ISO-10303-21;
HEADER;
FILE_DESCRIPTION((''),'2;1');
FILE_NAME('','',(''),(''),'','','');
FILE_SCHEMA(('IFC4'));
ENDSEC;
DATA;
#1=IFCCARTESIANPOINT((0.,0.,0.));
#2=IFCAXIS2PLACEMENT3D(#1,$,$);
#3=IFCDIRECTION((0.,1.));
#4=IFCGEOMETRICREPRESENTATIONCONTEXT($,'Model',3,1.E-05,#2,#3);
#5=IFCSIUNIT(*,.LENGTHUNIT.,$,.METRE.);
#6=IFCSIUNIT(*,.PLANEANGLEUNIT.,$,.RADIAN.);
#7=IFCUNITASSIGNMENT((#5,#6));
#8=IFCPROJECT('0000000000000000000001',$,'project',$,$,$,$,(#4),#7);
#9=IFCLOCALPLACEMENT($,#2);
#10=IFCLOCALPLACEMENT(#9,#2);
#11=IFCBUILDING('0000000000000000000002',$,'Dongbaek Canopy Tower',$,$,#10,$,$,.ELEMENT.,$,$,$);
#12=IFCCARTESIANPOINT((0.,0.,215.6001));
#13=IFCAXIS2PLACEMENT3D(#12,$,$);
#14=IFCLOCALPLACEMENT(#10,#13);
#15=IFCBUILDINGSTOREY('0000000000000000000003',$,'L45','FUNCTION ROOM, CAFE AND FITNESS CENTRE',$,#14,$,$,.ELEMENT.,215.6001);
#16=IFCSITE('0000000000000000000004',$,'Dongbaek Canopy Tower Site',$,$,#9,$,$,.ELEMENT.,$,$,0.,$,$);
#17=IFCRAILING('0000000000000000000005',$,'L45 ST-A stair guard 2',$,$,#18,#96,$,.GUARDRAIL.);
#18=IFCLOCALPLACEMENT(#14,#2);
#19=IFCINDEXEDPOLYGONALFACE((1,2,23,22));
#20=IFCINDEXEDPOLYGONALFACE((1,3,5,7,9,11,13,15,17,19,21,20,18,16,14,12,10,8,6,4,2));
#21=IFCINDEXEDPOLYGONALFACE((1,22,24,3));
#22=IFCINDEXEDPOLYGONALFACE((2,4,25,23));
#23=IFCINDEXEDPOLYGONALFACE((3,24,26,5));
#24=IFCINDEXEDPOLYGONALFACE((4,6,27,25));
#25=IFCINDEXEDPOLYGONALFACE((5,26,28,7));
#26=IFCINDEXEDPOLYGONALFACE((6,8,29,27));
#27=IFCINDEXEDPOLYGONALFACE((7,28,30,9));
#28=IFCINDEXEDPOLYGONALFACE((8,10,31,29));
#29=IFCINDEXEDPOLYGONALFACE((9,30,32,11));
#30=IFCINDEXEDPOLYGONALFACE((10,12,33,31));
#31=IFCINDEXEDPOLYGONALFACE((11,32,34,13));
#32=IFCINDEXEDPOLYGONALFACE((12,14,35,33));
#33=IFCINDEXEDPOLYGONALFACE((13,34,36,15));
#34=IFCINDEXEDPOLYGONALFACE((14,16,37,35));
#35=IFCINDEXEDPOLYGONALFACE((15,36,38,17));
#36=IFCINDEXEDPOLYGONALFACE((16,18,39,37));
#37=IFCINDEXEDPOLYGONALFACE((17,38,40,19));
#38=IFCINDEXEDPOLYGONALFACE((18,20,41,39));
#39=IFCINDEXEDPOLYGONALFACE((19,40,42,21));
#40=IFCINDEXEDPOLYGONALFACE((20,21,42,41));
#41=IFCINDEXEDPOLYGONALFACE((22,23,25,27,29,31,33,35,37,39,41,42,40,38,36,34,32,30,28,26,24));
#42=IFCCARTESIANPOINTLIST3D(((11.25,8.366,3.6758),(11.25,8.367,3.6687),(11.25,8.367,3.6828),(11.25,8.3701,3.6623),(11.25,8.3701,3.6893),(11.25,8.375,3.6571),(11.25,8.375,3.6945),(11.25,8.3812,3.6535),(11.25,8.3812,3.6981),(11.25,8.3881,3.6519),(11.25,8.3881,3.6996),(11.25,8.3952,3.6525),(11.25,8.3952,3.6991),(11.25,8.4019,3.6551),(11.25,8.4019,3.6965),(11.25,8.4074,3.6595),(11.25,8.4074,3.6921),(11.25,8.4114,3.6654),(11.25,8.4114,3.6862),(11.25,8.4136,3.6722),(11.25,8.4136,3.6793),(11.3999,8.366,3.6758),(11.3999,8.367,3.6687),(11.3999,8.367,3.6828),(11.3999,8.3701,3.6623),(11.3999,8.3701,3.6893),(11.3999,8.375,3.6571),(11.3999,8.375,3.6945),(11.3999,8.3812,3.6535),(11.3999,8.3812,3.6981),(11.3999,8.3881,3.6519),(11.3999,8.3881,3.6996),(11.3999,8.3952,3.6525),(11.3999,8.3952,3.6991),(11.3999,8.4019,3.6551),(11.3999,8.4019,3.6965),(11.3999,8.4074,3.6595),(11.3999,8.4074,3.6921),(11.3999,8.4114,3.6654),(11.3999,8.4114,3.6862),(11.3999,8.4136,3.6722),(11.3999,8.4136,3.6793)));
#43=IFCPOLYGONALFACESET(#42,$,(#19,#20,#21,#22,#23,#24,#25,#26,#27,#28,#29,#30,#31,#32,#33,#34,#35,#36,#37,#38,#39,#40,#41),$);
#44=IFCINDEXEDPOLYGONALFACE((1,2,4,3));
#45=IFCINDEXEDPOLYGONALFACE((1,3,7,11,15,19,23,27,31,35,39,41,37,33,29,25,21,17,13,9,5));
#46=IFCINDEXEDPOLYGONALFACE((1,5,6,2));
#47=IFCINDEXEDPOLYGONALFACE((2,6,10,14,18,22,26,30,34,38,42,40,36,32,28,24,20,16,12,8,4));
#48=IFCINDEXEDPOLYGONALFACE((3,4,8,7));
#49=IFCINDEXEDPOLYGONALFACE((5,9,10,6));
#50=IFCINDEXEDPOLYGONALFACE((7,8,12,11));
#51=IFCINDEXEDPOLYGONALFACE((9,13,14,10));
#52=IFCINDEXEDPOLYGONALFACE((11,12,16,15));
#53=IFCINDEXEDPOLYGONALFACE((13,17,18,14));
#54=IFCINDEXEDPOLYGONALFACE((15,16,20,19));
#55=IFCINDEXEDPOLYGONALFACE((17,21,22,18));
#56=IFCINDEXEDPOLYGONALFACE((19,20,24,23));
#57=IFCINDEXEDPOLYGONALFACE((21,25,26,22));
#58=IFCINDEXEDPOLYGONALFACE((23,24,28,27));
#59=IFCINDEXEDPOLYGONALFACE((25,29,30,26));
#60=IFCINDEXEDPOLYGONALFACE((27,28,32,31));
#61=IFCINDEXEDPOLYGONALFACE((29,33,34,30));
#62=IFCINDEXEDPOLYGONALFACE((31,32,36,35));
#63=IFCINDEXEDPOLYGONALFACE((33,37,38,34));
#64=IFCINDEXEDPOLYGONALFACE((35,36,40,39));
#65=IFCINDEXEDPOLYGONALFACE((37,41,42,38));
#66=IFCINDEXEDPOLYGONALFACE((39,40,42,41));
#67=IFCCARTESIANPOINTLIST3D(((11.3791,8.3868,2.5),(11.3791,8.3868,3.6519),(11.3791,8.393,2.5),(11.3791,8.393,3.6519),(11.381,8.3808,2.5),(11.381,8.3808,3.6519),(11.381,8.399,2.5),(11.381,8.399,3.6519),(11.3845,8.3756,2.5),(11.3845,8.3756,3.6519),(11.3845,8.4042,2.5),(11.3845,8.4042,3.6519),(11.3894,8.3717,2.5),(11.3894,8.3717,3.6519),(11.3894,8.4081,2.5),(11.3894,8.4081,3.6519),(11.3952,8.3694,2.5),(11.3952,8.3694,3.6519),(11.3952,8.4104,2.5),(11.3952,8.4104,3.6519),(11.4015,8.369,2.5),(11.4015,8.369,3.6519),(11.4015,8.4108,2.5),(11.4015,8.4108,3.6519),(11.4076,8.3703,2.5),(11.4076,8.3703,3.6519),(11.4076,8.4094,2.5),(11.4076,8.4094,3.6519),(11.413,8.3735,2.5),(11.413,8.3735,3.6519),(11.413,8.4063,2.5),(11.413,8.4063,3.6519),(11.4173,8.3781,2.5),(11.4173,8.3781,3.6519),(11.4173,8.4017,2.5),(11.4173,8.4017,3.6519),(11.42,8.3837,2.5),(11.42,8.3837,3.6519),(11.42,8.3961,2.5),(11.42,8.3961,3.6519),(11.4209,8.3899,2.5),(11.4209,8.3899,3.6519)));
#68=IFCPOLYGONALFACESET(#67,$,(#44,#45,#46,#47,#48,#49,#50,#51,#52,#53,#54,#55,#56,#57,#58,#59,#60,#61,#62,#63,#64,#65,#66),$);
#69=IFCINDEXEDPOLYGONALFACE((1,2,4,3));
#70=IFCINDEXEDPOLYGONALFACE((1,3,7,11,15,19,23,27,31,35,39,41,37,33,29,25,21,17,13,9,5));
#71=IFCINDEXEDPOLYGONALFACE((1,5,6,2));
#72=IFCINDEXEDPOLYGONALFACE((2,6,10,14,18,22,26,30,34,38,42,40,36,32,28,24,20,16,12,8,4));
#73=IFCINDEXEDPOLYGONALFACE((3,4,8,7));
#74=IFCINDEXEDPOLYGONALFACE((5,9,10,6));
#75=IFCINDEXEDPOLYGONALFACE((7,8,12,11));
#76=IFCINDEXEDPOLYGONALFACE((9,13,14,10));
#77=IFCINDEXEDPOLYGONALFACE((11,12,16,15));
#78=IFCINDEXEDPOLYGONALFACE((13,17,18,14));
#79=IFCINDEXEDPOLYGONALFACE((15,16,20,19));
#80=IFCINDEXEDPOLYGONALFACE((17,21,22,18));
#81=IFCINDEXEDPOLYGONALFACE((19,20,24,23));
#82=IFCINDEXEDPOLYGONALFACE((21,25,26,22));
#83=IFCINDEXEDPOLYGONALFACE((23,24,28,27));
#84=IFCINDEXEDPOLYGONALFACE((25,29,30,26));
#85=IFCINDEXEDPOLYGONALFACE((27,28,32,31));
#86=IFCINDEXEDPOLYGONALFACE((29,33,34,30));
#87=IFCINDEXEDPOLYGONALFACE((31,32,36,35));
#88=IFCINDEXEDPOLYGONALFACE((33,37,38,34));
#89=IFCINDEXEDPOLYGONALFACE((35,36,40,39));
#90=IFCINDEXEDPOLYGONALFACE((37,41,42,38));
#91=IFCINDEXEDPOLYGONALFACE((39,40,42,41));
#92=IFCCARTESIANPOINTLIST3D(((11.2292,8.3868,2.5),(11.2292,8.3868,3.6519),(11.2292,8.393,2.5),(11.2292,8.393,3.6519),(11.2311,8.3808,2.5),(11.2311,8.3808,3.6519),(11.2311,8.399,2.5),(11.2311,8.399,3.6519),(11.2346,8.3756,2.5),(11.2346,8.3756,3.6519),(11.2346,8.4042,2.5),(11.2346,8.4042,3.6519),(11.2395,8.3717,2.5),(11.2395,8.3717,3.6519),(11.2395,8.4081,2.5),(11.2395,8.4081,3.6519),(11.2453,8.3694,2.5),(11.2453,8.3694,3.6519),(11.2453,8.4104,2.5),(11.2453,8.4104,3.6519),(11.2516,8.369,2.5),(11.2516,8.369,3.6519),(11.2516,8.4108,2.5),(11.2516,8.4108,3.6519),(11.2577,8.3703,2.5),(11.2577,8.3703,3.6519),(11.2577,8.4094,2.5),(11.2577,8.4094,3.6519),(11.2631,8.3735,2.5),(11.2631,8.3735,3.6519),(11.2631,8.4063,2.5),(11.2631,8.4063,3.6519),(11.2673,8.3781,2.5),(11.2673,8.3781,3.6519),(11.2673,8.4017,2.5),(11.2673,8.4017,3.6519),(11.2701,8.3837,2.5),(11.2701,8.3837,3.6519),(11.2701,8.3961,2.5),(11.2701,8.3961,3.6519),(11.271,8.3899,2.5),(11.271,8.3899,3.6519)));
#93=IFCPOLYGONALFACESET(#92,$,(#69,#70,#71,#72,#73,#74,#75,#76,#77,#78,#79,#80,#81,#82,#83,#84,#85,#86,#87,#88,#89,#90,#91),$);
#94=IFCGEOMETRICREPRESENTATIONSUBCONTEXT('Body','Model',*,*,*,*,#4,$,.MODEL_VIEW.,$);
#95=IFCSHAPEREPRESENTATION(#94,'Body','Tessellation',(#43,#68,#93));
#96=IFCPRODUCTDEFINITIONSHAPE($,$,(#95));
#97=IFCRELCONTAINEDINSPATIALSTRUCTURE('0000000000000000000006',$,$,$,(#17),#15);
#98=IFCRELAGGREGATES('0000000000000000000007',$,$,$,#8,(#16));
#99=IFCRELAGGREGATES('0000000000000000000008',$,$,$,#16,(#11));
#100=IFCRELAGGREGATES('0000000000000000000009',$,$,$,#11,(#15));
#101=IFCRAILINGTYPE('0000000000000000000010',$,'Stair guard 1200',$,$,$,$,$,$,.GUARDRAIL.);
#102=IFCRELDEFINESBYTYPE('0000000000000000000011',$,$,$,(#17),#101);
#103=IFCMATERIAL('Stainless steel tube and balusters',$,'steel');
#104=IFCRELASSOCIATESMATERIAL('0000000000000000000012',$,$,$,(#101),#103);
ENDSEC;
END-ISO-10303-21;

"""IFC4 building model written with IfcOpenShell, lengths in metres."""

from ifc_helpers import new_model, si_unit, direction, frame, origin, origin_2d, place, context, subcontext, project, spatial, circle, extrude, material, type_object, element, save


model = new_model("IFC4")

# Units and contexts
model_context = context("Model", 3, precision=1e-05, world=origin(), true_north=direction((0.0, 1.0)))
body_context = subcontext(model_context, "Body", "Model", "MODEL_VIEW")
ifc_project = project(units=[si_unit("LENGTHUNIT", "METRE"), si_unit("PLANEANGLEUNIT", "RADIAN")], contexts=[model_context])

# Site, building, storey
site_placement = place(None, origin())
site = spatial("IfcSite", under=ifc_project, at=site_placement, Name="Dongbaek Canopy Tower Site", CompositionType="ELEMENT", RefElevation=0.0)
building_placement = place(site_placement, origin())
building = spatial("IfcBuilding", under=site, at=building_placement, Name="Dongbaek Canopy Tower", CompositionType="ELEMENT")
storey_placement = place(building_placement, frame((0.0, 0.0, 215.6001)))
storey = spatial("IfcBuildingStorey", under=building, at=storey_placement, Name="L45", Description="FUNCTION ROOM, CAFE AND FITNESS CENTRE", CompositionType="ELEMENT", Elevation=215.6001)

# Railing
ifc_material_1 = material(Name="Stainless steel tube and balusters", Category="steel")
railing_type_1 = type_object("IfcRailingType", Name="Stair guard 1200", PredefinedType="GUARDRAIL", material=ifc_material_1)
railing_1_placement = place(storey_placement, frame((11.3999, 8.3899, 2.5)))
element("IfcRailing", 1, at=railing_1_placement, inside=storey, type_object=railing_type_1, Name="L45 ST-A stair guard 2", PredefinedType="GUARDRAIL", context=body_context, shape_type="SweptSolid", body=[
    extrude(circle(Radius=0.0239, at=origin_2d()), frame((0.0, 0.0, 1.1758), z_axis=(-1.0, 0.0, 0.0), x_axis=(0.0, -1.0, 0.0)), (0.0, 0.0, 1.0), 0.1499),
    extrude(circle(Radius=0.021, at=origin_2d()), origin(), (0.0, 0.0, 1.0), 1.1519),
    extrude(circle(Radius=0.021, at=origin_2d()), frame((-0.1499, 0.0, 0.0)), (0.0, 0.0, 1.0), 1.1519),
])

save(model, "model.ifc")
